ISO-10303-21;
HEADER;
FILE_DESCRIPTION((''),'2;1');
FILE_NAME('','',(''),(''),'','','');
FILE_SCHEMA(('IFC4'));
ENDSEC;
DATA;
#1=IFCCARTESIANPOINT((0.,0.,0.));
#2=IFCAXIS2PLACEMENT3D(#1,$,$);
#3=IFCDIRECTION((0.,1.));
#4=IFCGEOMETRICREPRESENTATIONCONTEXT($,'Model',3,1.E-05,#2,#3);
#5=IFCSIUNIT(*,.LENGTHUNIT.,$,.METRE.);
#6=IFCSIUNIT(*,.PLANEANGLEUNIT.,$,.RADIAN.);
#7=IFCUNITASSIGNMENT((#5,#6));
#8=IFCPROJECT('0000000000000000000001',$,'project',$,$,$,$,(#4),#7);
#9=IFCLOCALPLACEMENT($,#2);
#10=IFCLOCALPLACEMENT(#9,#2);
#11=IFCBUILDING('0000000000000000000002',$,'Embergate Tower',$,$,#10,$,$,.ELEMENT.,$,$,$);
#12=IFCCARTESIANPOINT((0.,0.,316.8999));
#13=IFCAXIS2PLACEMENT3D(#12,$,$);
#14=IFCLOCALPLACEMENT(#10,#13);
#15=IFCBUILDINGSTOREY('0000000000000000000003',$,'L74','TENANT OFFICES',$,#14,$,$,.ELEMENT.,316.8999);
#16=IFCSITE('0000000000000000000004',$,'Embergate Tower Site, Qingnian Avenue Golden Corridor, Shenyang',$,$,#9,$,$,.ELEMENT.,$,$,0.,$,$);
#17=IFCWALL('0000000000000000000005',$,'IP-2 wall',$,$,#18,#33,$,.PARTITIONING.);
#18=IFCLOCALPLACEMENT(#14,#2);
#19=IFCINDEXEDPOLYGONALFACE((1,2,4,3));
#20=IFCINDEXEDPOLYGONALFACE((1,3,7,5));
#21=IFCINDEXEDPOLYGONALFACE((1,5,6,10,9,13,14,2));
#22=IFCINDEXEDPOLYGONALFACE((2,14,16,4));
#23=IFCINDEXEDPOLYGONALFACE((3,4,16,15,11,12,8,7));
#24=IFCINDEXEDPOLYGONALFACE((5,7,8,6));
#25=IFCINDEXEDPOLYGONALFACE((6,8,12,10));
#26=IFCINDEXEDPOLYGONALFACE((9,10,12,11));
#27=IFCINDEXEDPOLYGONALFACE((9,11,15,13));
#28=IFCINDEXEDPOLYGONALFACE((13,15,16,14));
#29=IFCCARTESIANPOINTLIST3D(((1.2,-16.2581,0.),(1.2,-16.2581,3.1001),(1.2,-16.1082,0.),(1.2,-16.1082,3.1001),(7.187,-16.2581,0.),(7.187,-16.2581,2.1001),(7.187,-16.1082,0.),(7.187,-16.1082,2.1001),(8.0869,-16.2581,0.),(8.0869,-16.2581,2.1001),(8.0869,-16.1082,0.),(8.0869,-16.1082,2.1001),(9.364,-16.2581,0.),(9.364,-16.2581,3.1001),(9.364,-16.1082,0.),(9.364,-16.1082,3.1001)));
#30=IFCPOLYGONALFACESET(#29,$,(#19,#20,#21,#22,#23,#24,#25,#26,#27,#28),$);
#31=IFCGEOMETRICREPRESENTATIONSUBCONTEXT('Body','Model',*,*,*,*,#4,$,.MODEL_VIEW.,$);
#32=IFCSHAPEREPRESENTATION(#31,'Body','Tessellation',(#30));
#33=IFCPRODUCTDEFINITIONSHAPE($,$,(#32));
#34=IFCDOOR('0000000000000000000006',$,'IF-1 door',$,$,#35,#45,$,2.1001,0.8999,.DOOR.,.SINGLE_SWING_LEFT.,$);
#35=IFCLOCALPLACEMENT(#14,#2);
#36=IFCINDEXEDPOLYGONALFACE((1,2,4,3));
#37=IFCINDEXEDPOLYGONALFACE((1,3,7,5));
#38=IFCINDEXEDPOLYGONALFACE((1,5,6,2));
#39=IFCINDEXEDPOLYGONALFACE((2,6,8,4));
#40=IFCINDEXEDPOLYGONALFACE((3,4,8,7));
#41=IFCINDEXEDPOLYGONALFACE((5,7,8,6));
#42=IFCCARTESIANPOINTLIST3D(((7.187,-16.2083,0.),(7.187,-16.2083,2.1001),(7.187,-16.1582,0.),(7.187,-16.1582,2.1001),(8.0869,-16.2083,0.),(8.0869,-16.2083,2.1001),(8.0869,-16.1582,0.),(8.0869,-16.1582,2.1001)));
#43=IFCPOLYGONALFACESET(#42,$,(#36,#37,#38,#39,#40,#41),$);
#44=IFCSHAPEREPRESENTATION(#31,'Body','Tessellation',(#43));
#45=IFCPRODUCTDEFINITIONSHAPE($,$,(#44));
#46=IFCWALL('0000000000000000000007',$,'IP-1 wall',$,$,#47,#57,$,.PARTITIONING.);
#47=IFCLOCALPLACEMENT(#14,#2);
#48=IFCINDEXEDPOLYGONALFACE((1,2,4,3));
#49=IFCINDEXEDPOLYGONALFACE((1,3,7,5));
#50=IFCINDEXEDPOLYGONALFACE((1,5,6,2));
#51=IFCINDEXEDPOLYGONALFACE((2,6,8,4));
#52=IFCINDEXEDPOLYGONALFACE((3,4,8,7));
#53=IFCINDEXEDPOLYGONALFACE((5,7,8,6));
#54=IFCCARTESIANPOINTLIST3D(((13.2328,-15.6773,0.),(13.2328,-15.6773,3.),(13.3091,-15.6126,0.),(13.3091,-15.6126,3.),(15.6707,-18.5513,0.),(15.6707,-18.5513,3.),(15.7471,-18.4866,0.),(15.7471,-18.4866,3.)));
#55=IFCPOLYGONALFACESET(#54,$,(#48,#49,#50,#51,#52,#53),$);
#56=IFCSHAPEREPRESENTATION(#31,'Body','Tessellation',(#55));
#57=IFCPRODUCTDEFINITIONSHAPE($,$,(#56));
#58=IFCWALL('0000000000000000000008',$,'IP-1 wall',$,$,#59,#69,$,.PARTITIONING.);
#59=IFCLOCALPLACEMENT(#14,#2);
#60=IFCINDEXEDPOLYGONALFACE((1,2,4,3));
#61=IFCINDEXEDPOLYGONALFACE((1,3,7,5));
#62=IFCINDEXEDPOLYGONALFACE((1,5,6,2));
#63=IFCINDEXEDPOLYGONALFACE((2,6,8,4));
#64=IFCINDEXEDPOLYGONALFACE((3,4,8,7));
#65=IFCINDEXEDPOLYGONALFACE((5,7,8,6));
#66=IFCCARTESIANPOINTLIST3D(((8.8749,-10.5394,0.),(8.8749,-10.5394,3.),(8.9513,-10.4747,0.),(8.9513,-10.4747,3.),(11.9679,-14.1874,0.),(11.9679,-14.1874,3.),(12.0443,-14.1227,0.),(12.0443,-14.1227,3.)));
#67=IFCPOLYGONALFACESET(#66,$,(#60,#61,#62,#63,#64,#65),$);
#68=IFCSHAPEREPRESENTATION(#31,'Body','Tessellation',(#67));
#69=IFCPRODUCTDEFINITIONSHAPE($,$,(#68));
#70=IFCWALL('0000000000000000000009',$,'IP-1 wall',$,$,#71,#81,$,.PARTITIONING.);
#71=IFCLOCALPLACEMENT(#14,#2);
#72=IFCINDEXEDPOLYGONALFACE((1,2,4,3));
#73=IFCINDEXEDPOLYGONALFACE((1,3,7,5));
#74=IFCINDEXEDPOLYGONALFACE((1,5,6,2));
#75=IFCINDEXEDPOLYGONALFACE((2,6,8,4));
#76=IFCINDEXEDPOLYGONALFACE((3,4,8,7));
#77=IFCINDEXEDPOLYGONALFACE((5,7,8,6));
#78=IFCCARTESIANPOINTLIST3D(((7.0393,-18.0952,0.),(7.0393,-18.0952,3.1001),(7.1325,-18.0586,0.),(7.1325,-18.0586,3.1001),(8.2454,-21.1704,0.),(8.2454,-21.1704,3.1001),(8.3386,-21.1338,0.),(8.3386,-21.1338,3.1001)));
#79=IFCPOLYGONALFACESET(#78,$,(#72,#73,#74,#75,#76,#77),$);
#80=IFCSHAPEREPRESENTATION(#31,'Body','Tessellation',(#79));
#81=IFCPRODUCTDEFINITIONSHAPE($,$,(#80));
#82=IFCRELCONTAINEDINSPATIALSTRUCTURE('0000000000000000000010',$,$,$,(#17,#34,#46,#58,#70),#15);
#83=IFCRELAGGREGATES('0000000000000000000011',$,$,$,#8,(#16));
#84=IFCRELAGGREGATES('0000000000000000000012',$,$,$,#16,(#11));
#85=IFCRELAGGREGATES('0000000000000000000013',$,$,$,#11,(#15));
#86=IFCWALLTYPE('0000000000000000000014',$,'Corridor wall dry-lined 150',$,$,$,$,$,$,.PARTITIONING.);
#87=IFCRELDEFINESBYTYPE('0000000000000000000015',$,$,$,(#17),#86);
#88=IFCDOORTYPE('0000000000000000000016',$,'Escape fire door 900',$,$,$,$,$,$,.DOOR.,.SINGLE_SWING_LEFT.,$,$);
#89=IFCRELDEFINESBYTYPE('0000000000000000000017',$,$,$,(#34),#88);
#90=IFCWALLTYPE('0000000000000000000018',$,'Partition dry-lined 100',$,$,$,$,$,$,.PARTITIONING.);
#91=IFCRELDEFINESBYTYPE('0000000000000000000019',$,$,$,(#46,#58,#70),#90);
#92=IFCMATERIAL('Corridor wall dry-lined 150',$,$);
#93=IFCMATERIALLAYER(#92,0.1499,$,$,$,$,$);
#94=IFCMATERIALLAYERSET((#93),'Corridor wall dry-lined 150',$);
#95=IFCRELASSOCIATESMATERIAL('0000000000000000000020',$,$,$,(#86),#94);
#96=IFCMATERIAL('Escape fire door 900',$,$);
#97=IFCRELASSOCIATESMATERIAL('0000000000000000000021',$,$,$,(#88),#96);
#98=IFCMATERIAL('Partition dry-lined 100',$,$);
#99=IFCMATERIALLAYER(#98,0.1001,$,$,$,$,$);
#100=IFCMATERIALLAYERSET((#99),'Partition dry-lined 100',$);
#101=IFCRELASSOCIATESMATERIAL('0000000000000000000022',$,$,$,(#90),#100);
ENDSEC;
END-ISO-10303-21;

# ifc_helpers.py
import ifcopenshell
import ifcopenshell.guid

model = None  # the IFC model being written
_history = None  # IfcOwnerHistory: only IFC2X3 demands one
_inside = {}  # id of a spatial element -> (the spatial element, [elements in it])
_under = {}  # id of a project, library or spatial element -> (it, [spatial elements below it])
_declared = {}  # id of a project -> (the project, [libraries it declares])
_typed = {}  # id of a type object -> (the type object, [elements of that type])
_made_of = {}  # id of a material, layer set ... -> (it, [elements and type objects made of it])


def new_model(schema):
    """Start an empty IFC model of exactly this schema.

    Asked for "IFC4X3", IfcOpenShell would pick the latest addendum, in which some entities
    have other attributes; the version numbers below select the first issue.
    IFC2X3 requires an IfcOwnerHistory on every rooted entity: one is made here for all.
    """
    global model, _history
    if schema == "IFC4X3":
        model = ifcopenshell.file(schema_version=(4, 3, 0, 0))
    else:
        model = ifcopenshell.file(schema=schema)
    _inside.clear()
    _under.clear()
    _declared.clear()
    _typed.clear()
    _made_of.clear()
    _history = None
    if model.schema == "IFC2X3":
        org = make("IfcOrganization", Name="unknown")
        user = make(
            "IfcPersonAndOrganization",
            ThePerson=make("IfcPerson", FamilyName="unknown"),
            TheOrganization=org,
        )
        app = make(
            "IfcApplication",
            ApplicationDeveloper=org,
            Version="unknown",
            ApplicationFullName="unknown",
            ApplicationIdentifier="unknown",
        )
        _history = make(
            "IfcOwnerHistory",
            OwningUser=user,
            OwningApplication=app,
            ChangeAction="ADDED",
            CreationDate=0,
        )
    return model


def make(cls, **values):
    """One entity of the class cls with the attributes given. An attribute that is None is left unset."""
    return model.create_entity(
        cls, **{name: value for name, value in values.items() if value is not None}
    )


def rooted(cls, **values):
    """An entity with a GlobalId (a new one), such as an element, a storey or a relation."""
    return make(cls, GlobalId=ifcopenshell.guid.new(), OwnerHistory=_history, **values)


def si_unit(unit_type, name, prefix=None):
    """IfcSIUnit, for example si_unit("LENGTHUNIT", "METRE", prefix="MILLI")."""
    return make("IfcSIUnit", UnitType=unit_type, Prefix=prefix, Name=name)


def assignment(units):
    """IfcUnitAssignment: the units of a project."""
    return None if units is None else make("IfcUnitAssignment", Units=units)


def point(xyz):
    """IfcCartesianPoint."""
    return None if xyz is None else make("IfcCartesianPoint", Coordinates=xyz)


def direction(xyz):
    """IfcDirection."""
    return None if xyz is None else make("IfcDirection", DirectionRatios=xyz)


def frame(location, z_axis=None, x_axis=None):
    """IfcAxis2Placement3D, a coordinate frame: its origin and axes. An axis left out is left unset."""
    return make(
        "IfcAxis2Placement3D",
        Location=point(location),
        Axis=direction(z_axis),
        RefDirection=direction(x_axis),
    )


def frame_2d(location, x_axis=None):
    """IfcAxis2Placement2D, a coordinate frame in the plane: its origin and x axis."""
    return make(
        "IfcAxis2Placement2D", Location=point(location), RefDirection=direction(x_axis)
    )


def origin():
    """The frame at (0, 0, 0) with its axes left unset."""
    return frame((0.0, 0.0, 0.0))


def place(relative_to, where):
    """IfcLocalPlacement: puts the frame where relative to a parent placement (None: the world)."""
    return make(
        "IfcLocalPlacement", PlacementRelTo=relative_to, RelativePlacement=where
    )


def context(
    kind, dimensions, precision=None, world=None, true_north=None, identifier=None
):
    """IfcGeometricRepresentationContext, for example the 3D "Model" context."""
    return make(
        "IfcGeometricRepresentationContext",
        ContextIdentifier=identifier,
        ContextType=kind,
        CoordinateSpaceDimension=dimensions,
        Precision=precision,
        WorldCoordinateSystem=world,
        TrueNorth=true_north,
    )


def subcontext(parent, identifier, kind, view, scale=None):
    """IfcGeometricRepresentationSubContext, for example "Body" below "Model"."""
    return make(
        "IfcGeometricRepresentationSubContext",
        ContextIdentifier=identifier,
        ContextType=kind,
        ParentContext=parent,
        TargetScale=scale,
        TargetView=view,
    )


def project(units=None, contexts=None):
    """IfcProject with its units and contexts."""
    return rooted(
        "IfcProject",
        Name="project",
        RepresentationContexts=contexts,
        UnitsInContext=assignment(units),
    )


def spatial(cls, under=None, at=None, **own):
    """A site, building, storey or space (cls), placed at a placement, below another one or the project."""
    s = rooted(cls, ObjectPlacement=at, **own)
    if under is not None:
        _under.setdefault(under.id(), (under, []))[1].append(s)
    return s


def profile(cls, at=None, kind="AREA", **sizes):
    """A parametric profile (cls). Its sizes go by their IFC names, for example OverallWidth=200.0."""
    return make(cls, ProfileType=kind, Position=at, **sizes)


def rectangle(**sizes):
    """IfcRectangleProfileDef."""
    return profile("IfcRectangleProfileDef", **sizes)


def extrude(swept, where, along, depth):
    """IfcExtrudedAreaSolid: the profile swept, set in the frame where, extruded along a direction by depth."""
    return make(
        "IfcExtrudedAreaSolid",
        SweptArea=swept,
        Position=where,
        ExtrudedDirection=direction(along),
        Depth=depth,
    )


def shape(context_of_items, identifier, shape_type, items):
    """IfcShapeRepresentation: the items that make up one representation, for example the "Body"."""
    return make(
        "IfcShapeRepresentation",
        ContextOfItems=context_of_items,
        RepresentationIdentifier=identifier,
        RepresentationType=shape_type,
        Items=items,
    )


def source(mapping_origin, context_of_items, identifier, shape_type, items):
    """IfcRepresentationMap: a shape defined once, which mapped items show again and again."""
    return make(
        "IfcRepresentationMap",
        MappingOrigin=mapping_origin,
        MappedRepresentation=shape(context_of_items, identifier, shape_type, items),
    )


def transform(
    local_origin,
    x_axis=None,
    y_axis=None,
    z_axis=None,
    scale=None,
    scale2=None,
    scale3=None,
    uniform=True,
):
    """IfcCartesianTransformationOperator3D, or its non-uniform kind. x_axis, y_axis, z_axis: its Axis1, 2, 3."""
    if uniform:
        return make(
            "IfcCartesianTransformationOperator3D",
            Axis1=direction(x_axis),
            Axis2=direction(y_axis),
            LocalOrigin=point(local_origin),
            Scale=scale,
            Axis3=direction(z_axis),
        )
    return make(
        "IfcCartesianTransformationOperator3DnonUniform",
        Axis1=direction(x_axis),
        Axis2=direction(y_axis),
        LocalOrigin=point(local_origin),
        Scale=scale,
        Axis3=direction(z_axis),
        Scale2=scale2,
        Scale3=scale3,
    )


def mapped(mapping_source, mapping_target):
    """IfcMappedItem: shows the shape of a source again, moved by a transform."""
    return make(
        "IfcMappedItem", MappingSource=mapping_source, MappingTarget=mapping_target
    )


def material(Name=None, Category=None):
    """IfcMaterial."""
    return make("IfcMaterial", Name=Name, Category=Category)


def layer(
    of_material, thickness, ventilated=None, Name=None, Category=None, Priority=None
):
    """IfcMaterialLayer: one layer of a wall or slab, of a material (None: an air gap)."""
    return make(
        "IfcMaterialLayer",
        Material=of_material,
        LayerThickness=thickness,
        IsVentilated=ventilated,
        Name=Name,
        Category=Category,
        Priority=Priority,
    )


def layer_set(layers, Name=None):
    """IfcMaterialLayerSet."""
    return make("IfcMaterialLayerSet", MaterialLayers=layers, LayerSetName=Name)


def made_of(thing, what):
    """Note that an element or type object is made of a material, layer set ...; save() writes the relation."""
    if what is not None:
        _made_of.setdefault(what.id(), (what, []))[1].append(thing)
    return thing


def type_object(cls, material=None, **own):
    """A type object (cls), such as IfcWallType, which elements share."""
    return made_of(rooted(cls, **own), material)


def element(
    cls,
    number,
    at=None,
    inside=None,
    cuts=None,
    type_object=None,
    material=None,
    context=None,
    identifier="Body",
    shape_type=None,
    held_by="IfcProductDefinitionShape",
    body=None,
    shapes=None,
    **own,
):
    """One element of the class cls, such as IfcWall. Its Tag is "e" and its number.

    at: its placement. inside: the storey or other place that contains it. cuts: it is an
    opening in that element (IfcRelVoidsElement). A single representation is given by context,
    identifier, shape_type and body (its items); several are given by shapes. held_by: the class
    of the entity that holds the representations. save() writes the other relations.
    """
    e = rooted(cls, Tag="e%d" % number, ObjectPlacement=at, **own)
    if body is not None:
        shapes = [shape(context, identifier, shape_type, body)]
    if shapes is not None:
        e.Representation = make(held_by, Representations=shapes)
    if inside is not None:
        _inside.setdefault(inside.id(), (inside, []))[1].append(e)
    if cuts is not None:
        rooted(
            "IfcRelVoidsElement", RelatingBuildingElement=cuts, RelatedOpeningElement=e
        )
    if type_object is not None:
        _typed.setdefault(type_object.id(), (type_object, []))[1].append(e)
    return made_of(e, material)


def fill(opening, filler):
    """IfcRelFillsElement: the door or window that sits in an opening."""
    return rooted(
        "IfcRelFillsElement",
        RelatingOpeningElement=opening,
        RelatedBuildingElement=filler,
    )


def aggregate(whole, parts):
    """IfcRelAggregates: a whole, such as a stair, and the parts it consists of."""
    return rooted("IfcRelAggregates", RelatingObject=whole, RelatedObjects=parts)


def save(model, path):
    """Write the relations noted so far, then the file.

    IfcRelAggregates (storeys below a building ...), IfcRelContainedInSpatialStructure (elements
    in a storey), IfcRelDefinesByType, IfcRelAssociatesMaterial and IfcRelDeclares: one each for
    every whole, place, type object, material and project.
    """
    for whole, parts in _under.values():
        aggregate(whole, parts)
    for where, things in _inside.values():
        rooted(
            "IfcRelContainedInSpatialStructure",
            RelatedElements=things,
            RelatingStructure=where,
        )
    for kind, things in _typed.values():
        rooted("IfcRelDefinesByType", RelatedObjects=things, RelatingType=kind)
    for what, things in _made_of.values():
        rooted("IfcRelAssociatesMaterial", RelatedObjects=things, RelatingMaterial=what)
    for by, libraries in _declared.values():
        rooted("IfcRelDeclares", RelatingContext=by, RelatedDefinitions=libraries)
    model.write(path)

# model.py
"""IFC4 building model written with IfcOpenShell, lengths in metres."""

from ifc_helpers import new_model, si_unit, direction, frame, frame_2d, origin, place, context, subcontext, project, spatial, rectangle, extrude, source, transform, mapped, material, layer, layer_set, type_object, element, fill, save


model = new_model("IFC4")

# Units and contexts
model_context = context("Model", 3, precision=1e-05, world=origin(), true_north=direction((0.0, 1.0)))
body_context = subcontext(model_context, "Body", "Model", "MODEL_VIEW")
ifc_project = project(units=[si_unit("LENGTHUNIT", "METRE"), si_unit("PLANEANGLEUNIT", "RADIAN")], contexts=[model_context])

# Site, building, storey
site_placement = place(None, origin())
site = spatial("IfcSite", under=ifc_project, at=site_placement, Name="Embergate Tower Site, Qingnian Avenue Golden Corridor, Shenyang", CompositionType="ELEMENT", RefElevation=0.0)
building_placement = place(site_placement, origin())
building = spatial("IfcBuilding", under=site, at=building_placement, Name="Embergate Tower", CompositionType="ELEMENT")
storey_placement = place(building_placement, frame((0.0, 0.0, 316.8999)))
storey = spatial("IfcBuildingStorey", under=building, at=storey_placement, Name="L74", Description="TENANT OFFICES", CompositionType="ELEMENT", Elevation=316.8999)

# Shared definitions
ifc_material_1 = material(Name="Corridor wall dry-lined 150")
ifc_layer_1 = layer(ifc_material_1, 0.1499)
ifc_layer_set_1 = layer_set([ifc_layer_1], Name="Corridor wall dry-lined 150")
wall_type_1 = type_object("IfcWallType", Name="Corridor wall dry-lined 150", PredefinedType="PARTITIONING", material=ifc_layer_set_1)

# Shared definitions
shared_shape_1 = source(origin(), body_context, "Body", "SweptSolid", [
    extrude(rectangle(XDim=0.8999, YDim=2.1001, at=frame_2d((0.45, 1.05))), frame((0.0, 0.085, 0.0), z_axis=(0.0, -1.0, 0.0), x_axis=(1.0, 0.0, 0.0)), (0.0, 0.0, 1.0), 0.1699),
])
ifc_material_2 = material(Name="Escape fire door 900")
door_type = type_object("IfcDoorType", Name="Escape fire door 900", OperationType="SINGLE_SWING_LEFT", PredefinedType="DOOR", material=ifc_material_2)
shared_shape_2 = source(origin(), body_context, "Body", "SweptSolid", [
    extrude(rectangle(XDim=0.8999, YDim=2.1001, at=frame_2d((0.45, 1.05))), frame((0.0, 0.0249, 0.0), z_axis=(0.0, -1.0, 0.0), x_axis=(1.0, 0.0, 0.0)), (0.0, 0.0, 1.0), 0.05),
])

# Wall, opening, door
shared_shape_3 = source(origin(), body_context, "Body", "SweptSolid", [
    extrude(rectangle(XDim=8.1641, YDim=0.1499, at=frame_2d((4.082, 0.0))), origin(), (0.0, 0.0, 1.0), 3.1001),
])
wall_1_placement = place(storey_placement, frame((1.2, -16.1831, 0.0), z_axis=(0.0, 0.0, 1.0), x_axis=(1.0, 0.0, 0.0)))
wall_1 = element("IfcWall", 1, at=wall_1_placement, inside=storey, type_object=wall_type_1, Name="IP-2 wall", PredefinedType="PARTITIONING", context=body_context, shape_type="MappedRepresentation", body=[
    mapped(shared_shape_3, transform((0.0, 0.0, 0.0))),
])
opening_1_placement = place(wall_1_placement, frame((5.9871, 0.0, 0.0)))
opening_1 = element("IfcOpeningElement", 2, at=opening_1_placement, cuts=wall_1, PredefinedType="OPENING", context=body_context, shape_type="MappedRepresentation", body=[
    mapped(shared_shape_1, transform((0.0, 0.0, 0.0))),
])
door_1_placement = place(opening_1_placement, origin())
door_1 = element("IfcDoor", 3, at=door_1_placement, inside=storey, type_object=door_type, Name="IF-1 door", OperationType="SINGLE_SWING_LEFT", OverallHeight=2.1001, OverallWidth=0.8999, PredefinedType="DOOR", context=body_context, shape_type="MappedRepresentation", body=[
    mapped(shared_shape_2, transform((0.0, 0.0, 0.0))),
])
fill(opening_1, door_1)

# Walls
ifc_material_3 = material(Name="Partition dry-lined 100")
ifc_layer_2 = layer(ifc_material_3, 0.1001)
ifc_layer_set_2 = layer_set([ifc_layer_2], Name="Partition dry-lined 100")
wall_type_2 = type_object("IfcWallType", Name="Partition dry-lined 100", PredefinedType="PARTITIONING", material=ifc_layer_set_2)
shared_shape_4 = source(origin(), body_context, "Body", "SweptSolid", [
    extrude(rectangle(XDim=3.7688, YDim=0.1001, at=frame_2d((1.8843, 0.0))), origin(), (0.0, 0.0, 1.0), 3.0),
])
wall_2_placement = place(storey_placement, frame((13.271, -15.645, 0.0), z_axis=(0.0, 0.0, 1.0), x_axis=(0.646888, -0.762585, 0.0)))
element("IfcWall", 4, at=wall_2_placement, inside=storey, type_object=wall_type_2, Name="IP-1 wall", PredefinedType="PARTITIONING", context=body_context, shape_type="MappedRepresentation", body=[
    mapped(shared_shape_4, transform((0.0, 0.0, 0.0))),
])
shared_shape_5 = source(origin(), body_context, "Body", "SweptSolid", [
    extrude(rectangle(XDim=4.7827, YDim=0.1001, at=frame_2d((2.3914, 0.0))), origin(), (0.0, 0.0, 1.0), 3.0),
])
wall_3_placement = place(storey_placement, frame((8.9131, -10.5071, 0.0), z_axis=(0.0, 0.0, 1.0), x_axis=(0.646708, -0.762737, 0.0)))
element("IfcWall", 5, at=wall_3_placement, inside=storey, type_object=wall_type_2, Name="IP-1 wall", PredefinedType="PARTITIONING", context=body_context, shape_type="MappedRepresentation", body=[
    mapped(shared_shape_5, transform((0.0, 0.0, 0.0))),
])
shared_shape_6 = source(origin(), body_context, "Body", "SweptSolid", [
    extrude(rectangle(XDim=3.3032, YDim=0.1001, at=frame_2d((1.6516, 0.0))), origin(), (0.0, 0.0, 1.0), 3.1001),
])
wall_4_placement = place(storey_placement, frame((7.0859, -18.0769, 0.0), z_axis=(0.0, 0.0, 1.0), x_axis=(0.365113, -0.930963, 0.0)))
element("IfcWall", 6, at=wall_4_placement, inside=storey, type_object=wall_type_2, Name="IP-1 wall", PredefinedType="PARTITIONING", context=body_context, shape_type="MappedRepresentation", body=[
    mapped(shared_shape_6, transform((0.0, 0.0, 0.0))),
])

save(model, "model.ifc")
